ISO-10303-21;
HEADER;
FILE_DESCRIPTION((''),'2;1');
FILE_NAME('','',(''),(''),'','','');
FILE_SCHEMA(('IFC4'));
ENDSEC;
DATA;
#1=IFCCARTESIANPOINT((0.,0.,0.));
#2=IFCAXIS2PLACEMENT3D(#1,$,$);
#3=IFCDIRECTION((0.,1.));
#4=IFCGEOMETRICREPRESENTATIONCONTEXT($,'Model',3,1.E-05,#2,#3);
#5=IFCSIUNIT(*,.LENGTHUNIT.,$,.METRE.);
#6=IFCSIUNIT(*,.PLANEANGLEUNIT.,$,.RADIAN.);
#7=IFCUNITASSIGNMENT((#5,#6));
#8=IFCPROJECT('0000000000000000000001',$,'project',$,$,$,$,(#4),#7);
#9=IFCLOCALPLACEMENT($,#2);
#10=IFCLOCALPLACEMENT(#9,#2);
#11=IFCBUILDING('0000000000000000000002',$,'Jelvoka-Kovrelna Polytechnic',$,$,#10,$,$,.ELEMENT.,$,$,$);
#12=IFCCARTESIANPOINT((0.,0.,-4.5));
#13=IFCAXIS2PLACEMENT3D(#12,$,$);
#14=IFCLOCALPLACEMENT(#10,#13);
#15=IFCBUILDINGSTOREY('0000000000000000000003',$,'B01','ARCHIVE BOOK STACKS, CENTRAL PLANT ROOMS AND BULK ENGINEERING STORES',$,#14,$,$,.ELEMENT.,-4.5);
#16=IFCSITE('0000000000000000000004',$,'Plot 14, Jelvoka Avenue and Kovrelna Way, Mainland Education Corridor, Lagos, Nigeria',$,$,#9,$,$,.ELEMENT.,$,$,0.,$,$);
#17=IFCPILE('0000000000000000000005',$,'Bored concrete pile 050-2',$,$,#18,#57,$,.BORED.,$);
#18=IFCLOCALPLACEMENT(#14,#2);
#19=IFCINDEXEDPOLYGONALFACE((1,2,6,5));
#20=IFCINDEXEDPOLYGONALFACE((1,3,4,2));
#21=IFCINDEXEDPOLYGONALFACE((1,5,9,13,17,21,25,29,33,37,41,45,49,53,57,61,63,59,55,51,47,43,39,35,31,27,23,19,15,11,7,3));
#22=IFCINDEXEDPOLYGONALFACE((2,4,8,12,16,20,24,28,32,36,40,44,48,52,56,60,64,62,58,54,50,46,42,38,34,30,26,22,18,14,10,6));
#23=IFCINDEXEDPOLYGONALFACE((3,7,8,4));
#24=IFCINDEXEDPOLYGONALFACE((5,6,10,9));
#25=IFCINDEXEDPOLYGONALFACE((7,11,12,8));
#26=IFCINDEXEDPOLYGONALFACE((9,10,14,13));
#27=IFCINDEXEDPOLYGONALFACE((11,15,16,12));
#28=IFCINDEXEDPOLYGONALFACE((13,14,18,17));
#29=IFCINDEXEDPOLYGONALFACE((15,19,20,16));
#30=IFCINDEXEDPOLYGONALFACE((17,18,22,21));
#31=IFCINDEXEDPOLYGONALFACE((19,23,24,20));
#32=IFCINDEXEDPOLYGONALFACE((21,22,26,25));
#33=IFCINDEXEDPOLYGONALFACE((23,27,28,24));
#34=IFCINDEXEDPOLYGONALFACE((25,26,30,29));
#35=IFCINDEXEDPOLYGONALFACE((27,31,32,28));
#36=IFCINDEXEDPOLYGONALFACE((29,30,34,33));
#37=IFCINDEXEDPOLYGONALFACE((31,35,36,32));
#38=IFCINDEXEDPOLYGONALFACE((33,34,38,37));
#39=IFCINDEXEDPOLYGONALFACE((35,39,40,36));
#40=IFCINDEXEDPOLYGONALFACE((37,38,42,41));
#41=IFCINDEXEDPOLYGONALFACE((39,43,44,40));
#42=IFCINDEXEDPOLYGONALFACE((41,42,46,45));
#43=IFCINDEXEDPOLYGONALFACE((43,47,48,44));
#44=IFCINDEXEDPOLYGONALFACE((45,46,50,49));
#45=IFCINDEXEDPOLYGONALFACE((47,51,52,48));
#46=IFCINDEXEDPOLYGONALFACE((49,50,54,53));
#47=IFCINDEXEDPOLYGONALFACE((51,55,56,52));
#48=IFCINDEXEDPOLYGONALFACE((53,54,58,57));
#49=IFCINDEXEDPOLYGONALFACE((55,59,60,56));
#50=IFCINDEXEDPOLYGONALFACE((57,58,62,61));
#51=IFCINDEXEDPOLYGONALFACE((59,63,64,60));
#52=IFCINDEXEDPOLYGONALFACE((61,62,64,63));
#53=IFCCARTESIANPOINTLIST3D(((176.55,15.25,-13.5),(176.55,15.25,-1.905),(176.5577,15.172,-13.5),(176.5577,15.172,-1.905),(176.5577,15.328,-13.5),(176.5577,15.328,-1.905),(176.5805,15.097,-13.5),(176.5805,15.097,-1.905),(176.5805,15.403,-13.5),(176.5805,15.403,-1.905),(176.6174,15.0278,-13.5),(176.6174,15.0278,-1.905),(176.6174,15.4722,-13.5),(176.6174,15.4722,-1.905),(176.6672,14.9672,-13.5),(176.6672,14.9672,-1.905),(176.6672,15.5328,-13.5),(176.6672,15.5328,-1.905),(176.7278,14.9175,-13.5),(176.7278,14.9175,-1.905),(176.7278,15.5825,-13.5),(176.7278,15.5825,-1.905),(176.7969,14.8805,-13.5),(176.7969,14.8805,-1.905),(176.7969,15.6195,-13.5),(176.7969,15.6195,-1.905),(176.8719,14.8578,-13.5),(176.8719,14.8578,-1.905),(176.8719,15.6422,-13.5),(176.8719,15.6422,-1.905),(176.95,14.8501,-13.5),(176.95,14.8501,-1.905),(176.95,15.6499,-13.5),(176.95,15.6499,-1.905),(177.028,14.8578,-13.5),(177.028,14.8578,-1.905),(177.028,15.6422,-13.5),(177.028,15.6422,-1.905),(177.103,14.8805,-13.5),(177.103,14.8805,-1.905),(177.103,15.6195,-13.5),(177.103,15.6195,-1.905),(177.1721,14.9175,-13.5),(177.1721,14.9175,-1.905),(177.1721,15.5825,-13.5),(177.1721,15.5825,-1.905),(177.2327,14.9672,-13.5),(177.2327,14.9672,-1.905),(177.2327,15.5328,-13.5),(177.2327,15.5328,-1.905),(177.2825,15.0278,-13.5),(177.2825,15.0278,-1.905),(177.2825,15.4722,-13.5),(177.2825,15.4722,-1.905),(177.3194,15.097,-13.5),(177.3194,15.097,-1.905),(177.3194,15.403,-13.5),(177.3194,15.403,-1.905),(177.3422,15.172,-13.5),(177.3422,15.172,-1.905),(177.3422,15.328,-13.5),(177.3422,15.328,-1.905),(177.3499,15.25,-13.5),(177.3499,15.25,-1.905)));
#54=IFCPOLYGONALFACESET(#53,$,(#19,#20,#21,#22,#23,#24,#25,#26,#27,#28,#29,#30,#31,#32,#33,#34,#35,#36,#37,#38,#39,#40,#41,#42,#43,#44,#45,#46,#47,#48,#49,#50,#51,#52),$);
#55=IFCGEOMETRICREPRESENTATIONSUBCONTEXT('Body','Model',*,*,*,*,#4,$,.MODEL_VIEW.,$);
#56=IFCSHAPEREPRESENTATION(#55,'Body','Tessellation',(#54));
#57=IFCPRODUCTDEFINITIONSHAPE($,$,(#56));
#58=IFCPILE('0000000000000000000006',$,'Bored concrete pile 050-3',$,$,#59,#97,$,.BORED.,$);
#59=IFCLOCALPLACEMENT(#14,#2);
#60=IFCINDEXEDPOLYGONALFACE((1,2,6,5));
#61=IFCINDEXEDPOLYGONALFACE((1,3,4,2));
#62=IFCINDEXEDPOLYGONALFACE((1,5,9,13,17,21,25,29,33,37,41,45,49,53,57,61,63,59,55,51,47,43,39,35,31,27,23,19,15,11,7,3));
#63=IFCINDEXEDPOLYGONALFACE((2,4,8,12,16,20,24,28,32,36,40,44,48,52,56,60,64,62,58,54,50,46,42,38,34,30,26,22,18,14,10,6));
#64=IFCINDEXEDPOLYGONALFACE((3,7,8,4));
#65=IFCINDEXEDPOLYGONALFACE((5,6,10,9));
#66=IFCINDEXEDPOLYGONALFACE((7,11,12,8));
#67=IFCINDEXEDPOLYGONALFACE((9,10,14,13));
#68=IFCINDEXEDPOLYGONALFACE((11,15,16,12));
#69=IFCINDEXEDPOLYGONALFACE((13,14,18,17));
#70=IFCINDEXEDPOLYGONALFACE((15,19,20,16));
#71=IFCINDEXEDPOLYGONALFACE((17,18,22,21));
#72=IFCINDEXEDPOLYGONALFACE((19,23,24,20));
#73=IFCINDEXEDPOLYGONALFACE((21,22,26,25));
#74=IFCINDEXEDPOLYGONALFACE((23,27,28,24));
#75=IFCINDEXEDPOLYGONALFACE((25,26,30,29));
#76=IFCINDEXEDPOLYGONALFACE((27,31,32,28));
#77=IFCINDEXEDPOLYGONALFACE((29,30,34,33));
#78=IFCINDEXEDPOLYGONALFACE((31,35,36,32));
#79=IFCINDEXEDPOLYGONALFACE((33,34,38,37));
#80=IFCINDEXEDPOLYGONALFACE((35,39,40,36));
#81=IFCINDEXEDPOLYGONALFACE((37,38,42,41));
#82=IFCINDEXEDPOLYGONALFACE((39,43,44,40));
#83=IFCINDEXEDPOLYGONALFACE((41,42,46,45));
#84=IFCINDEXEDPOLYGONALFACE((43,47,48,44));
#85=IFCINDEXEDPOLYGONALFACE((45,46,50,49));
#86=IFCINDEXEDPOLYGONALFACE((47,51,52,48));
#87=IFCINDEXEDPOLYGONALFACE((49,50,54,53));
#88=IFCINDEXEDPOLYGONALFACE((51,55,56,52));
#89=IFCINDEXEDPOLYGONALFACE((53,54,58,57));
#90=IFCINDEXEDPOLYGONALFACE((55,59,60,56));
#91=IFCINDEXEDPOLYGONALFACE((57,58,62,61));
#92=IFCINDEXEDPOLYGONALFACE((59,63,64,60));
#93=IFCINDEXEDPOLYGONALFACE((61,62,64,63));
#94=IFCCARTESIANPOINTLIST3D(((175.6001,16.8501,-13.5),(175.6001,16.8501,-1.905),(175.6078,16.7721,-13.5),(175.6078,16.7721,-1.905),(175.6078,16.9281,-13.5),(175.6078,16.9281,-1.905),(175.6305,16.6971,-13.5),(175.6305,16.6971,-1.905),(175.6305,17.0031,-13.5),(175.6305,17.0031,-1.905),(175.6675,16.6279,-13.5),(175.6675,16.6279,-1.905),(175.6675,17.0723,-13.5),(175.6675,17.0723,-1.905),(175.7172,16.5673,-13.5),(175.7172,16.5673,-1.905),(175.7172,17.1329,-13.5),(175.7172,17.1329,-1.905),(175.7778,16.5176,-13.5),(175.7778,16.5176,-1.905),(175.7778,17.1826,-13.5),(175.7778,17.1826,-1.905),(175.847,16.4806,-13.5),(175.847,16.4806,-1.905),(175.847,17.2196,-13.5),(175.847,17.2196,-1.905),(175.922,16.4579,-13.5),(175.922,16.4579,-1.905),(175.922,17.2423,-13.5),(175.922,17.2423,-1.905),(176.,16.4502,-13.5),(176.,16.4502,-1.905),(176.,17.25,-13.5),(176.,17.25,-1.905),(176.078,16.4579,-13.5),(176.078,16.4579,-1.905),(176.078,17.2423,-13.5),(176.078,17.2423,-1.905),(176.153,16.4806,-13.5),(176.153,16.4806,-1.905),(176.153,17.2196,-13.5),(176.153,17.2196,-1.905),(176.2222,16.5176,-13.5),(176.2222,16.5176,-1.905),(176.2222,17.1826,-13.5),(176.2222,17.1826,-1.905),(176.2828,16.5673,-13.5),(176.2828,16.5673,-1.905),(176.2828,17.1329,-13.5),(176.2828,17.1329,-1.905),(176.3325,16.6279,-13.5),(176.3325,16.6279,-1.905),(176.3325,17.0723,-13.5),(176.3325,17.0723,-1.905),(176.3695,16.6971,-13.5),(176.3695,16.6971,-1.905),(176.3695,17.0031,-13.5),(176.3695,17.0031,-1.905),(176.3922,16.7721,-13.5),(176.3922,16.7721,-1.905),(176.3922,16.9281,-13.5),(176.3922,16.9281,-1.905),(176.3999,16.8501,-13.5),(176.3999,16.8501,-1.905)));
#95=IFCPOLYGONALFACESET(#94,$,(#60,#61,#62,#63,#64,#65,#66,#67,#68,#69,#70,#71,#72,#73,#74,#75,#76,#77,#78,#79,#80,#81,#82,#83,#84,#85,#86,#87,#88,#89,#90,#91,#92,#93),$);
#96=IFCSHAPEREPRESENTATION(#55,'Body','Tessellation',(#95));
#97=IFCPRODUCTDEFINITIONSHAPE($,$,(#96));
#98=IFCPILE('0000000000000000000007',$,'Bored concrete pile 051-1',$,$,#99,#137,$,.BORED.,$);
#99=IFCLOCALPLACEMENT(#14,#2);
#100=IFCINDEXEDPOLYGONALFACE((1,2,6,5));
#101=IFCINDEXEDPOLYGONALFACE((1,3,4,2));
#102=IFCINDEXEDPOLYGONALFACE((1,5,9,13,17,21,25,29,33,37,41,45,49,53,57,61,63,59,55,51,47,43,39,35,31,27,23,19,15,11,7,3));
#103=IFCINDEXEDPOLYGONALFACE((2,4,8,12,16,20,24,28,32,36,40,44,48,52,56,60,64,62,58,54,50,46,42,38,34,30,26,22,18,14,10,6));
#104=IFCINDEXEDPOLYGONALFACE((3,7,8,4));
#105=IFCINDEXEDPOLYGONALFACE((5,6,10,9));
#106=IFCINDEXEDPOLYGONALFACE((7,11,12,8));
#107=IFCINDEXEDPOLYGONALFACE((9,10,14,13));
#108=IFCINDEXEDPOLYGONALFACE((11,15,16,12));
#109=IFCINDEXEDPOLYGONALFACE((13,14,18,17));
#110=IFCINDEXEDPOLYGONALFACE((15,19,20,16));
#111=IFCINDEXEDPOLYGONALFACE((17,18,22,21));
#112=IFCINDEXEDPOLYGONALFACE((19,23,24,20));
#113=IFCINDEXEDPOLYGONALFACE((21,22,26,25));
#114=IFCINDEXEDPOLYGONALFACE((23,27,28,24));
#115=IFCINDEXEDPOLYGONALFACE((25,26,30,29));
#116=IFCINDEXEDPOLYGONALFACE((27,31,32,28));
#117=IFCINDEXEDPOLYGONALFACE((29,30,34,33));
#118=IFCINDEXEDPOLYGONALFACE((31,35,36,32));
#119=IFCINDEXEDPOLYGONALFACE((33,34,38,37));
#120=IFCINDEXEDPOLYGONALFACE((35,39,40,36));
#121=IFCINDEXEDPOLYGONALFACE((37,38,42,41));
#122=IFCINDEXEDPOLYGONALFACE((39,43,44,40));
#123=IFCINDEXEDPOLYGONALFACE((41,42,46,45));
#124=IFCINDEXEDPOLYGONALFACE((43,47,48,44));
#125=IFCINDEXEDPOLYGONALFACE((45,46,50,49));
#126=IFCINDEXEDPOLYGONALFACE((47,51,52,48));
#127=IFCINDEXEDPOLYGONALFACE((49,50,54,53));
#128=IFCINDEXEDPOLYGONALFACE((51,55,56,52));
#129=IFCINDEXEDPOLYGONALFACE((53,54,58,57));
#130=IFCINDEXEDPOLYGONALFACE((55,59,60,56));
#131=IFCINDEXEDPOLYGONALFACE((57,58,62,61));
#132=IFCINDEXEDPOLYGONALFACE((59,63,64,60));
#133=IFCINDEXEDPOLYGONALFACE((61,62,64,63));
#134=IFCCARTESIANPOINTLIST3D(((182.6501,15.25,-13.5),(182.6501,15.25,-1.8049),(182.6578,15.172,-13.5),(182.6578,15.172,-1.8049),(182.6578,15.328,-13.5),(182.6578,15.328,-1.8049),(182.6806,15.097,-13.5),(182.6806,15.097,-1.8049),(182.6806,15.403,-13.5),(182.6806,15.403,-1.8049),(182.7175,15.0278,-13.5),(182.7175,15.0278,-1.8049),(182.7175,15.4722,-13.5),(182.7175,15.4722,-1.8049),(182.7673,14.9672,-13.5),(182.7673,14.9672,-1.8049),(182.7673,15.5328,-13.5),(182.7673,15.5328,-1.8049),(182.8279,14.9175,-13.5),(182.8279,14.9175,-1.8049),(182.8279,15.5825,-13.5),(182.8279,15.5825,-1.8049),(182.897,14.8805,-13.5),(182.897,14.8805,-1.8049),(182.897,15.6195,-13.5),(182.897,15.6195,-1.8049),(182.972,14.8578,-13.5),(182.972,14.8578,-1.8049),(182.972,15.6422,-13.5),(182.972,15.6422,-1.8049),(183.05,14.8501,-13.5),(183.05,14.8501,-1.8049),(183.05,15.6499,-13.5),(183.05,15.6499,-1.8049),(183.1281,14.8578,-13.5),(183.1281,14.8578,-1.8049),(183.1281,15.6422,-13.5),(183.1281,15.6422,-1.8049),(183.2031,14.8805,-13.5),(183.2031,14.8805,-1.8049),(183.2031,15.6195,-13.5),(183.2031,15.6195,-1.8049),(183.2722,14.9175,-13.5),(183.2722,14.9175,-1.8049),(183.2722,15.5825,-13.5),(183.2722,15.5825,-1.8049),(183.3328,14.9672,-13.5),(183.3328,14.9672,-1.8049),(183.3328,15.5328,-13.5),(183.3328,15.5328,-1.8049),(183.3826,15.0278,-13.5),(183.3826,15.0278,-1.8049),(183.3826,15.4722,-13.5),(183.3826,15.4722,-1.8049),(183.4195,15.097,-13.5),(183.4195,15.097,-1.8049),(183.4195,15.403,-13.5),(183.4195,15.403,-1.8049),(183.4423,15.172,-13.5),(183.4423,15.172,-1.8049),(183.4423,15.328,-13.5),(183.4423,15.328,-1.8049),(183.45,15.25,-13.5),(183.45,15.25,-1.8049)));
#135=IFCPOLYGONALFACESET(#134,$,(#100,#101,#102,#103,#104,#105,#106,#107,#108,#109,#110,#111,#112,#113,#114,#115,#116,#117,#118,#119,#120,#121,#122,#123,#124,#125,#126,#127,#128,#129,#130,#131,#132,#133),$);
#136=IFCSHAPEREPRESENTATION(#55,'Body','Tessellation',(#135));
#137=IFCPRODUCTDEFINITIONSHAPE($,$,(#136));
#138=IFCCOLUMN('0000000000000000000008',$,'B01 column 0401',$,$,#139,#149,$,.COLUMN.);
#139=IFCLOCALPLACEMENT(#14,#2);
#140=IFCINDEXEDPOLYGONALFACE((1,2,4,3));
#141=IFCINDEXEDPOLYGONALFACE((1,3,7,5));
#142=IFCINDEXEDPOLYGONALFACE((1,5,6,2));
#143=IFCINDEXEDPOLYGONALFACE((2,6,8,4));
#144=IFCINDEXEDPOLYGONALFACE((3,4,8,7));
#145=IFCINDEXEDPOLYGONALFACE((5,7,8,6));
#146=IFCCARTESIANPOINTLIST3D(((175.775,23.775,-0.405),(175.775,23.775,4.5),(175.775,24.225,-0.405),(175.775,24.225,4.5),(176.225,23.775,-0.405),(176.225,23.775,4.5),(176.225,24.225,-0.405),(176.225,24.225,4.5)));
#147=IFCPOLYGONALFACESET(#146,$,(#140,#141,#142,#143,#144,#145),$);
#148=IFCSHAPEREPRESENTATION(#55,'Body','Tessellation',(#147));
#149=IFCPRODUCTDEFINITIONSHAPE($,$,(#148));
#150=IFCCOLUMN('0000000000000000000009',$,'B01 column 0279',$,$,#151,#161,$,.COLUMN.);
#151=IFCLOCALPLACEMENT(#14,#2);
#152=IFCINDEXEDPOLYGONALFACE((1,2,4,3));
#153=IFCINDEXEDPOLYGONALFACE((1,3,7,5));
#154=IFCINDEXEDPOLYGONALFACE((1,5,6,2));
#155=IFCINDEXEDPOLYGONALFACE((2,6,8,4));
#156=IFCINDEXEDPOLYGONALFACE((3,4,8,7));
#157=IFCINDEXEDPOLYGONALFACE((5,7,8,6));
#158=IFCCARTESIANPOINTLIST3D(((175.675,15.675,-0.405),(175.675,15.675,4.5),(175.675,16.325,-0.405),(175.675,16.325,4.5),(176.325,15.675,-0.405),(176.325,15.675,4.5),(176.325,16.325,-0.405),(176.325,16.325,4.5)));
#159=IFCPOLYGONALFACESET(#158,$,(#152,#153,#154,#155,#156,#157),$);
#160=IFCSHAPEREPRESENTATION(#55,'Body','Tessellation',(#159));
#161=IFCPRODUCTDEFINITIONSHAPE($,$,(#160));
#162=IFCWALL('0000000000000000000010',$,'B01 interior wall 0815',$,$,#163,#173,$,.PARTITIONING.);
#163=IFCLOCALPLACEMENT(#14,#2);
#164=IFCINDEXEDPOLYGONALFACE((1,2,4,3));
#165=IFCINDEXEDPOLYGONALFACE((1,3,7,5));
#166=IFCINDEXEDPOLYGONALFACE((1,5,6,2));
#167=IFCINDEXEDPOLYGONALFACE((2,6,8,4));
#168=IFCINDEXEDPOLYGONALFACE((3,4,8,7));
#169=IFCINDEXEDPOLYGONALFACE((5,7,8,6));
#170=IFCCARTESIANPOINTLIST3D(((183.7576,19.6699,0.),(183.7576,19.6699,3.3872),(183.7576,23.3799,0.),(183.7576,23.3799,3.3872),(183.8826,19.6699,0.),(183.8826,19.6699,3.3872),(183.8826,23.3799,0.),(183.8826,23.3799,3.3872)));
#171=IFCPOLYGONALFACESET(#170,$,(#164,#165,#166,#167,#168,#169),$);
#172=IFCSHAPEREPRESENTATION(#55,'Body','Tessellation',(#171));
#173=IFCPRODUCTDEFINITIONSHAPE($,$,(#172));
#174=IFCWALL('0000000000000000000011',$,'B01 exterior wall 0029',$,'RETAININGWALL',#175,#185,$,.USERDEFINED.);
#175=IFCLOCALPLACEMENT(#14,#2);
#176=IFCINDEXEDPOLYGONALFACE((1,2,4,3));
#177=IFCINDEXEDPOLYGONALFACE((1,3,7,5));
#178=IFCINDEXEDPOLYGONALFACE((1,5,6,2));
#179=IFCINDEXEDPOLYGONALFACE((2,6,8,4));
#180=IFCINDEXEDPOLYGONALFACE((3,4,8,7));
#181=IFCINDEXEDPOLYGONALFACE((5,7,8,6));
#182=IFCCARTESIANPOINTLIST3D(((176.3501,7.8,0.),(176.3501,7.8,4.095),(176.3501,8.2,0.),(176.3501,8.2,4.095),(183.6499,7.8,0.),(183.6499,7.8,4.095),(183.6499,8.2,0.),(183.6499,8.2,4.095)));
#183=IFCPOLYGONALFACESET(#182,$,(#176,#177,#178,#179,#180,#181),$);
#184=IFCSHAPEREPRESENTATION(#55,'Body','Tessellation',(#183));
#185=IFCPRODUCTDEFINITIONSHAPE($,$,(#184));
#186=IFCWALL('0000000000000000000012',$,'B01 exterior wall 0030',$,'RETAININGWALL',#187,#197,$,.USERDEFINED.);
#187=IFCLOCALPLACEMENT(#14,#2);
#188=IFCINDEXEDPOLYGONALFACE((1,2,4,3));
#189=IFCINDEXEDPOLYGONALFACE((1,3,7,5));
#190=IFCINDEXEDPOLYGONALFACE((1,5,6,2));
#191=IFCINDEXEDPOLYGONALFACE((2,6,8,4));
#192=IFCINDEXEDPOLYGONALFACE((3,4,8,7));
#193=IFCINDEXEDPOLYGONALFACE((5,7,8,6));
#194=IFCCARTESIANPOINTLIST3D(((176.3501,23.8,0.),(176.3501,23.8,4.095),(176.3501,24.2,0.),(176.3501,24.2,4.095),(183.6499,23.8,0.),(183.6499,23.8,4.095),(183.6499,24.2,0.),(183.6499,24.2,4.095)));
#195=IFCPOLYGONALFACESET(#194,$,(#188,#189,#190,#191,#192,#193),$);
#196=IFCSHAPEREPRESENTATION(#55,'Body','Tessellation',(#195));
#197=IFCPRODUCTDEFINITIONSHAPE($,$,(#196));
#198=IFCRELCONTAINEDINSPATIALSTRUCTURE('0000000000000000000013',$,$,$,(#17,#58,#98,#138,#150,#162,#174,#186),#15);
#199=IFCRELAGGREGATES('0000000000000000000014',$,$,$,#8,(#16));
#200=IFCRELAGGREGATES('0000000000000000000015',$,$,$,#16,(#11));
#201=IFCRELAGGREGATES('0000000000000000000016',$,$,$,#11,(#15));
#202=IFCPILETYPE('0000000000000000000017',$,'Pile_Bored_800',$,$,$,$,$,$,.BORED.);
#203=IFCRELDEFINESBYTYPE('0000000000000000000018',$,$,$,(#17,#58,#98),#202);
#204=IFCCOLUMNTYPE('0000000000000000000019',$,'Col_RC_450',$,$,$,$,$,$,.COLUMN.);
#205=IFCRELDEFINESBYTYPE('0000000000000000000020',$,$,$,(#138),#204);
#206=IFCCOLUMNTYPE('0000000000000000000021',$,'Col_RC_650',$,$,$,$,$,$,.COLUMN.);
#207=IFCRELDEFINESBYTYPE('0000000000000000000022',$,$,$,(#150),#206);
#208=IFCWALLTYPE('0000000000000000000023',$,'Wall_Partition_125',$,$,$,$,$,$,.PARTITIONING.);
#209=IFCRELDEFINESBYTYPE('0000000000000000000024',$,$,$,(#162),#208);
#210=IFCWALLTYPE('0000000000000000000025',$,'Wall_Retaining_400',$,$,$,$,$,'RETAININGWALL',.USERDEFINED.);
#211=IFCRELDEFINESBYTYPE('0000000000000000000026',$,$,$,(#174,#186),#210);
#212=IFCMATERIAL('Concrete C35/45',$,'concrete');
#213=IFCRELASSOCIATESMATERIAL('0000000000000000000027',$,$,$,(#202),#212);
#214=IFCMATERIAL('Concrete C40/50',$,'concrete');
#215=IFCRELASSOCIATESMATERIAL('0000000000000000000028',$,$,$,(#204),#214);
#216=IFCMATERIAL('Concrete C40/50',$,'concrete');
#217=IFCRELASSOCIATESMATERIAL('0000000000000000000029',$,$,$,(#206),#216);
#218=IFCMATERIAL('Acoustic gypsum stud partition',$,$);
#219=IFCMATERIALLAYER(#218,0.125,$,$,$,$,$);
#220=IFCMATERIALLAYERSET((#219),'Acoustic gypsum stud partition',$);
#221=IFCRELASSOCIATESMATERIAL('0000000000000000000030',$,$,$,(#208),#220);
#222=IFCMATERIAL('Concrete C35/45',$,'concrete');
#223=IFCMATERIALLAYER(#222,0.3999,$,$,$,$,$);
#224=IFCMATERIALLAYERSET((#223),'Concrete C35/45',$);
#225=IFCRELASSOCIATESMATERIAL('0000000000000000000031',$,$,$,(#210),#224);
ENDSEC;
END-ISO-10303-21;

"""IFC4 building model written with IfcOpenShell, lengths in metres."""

from ifc_helpers import new_model, si_unit, direction, frame, frame_2d, origin, origin_2d, place, context, subcontext, project, spatial, rectangle, circle, extrude, material, layer, layer_set, material_profile, profile_set, type_object, element, save


model = new_model("IFC4")

# Units and contexts
model_context = context("Model", 3, precision=1e-05, world=origin(), true_north=direction((0.0, 1.0)))
body_context = subcontext(model_context, "Body", "Model", "MODEL_VIEW")
ifc_project = project(units=[si_unit("LENGTHUNIT", "METRE"), si_unit("PLANEANGLEUNIT", "RADIAN")], contexts=[model_context])

# Site, building, storey
site_placement = place(None, origin())
site = spatial("IfcSite", under=ifc_project, at=site_placement, Name="Plot 14, Jelvoka Avenue and Kovrelna Way, Mainland Education Corridor, Lagos, Nigeria", CompositionType="ELEMENT", RefElevation=0.0)
building_placement = place(site_placement, origin())
building = spatial("IfcBuilding", under=site, at=building_placement, Name="Jelvoka-Kovrelna Polytechnic", CompositionType="ELEMENT")
storey_placement = place(building_placement, frame((0.0, 0.0, -4.5)))
storey = spatial("IfcBuildingStorey", under=building, at=storey_placement, Name="B01", Description="ARCHIVE BOOK STACKS, CENTRAL PLANT ROOMS AND BULK ENGINEERING STORES", CompositionType="ELEMENT", Elevation=-4.5)

# Piles
ifc_material_1 = material(Name="Concrete C35/45", Category="concrete")
ifc_material_profile_1 = material_profile(ifc_material_1, circle(Radius=0.3999, at=origin_2d()), Name="PILE D800")
ifc_profile_set_1 = profile_set([ifc_material_profile_1], Name="Concrete C35/45")
pile_type_1 = type_object("IfcPileType", Name="Pile_Bored_800", PredefinedType="BORED", material=ifc_profile_set_1)
for number, where, z_axis, x_axis, name in (
    (1, (176.95, 15.25, -1.905), (0.0, 0.0, -1.0), (1.0, 0.0, 0.0), "Bored concrete pile 050-2"),
    (2, (176.0, 16.8501, -1.905), (0.0, 0.0, -1.0), (1.0, 0.0, 0.0), "Bored concrete pile 050-3"),
):
    element("IfcPile", number, at=place(storey_placement, frame(where, z_axis=z_axis, x_axis=x_axis)), inside=storey, type_object=pile_type_1, Name=name, PredefinedType="BORED", context=body_context, shape_type="SweptSolid", body=[
        extrude(circle(Radius=0.3999, at=origin_2d()), origin(), (0.0, 0.0, 1.0), 11.595),
    ])
pile_1_placement = place(storey_placement, frame((183.05, 15.25, -1.8049), z_axis=(0.0, 0.0, -1.0), x_axis=(1.0, 0.0, 0.0)))
element("IfcPile", 3, at=pile_1_placement, inside=storey, type_object=pile_type_1, Name="Bored concrete pile 051-1", PredefinedType="BORED", context=body_context, shape_type="SweptSolid", body=[
    extrude(circle(Radius=0.3999, at=origin_2d()), origin(), (0.0, 0.0, 1.0), 11.6951),
])

# Columns
ifc_material_2 = material(Name="Concrete C40/50", Category="concrete")
ifc_material_profile_2 = material_profile(ifc_material_2, rectangle(XDim=0.45, YDim=0.45, at=origin_2d()), Name="RC 450x450")
ifc_profile_set_2 = profile_set([ifc_material_profile_2], Name="Concrete C40/50")
column_type_1 = type_object("IfcColumnType", Name="Col_RC_450", PredefinedType="COLUMN", material=ifc_profile_set_2)
column_1_placement = place(storey_placement, frame((176.0, 24.0, -0.405), z_axis=(0.0, 0.0, 1.0), x_axis=(1.0, 0.0, 0.0)))
element("IfcColumn", 4, at=column_1_placement, inside=storey, type_object=column_type_1, Name="B01 column 0401", PredefinedType="COLUMN", context=body_context, shape_type="SweptSolid", body=[
    extrude(rectangle(XDim=0.45, YDim=0.45, at=origin_2d()), origin(), (0.0, 0.0, 1.0), 4.905),
])
ifc_material_3 = material(Name="Concrete C40/50", Category="concrete")
ifc_material_profile_3 = material_profile(ifc_material_3, rectangle(XDim=0.6499, YDim=0.6499, at=origin_2d()), Name="RC 650x650")
ifc_profile_set_3 = profile_set([ifc_material_profile_3], Name="Concrete C40/50")
column_type_2 = type_object("IfcColumnType", Name="Col_RC_650", PredefinedType="COLUMN", material=ifc_profile_set_3)
column_2_placement = place(storey_placement, frame((176.0, 16.0, -0.405), z_axis=(0.0, 0.0, 1.0), x_axis=(1.0, 0.0, 0.0)))
element("IfcColumn", 5, at=column_2_placement, inside=storey, type_object=column_type_2, Name="B01 column 0279", PredefinedType="COLUMN", context=body_context, shape_type="SweptSolid", body=[
    extrude(rectangle(XDim=0.6499, YDim=0.6499, at=origin_2d()), origin(), (0.0, 0.0, 1.0), 4.905),
])

# Walls
ifc_material_4 = material(Name="Acoustic gypsum stud partition")
ifc_layer_1 = layer(ifc_material_4, 0.125)
ifc_layer_set_1 = layer_set([ifc_layer_1], Name="Acoustic gypsum stud partition")
wall_type_1 = type_object("IfcWallType", Name="Wall_Partition_125", PredefinedType="PARTITIONING", material=ifc_layer_set_1)
wall_placement = place(storey_placement, frame((183.8201, 19.6699, 0.0), z_axis=(0.0, 0.0, 1.0), x_axis=(0.0, 1.0, 0.0)))
element("IfcWall", 6, at=wall_placement, inside=storey, type_object=wall_type_1, Name="B01 interior wall 0815", PredefinedType="PARTITIONING", context=body_context, shape_type="SweptSolid", body=[
    extrude(rectangle(XDim=3.71, YDim=0.125, at=frame_2d((1.855, 0.0))), origin(), (0.0, 0.0, 1.0), 3.3872),
])
ifc_material_5 = material(Name="Concrete C35/45", Category="concrete")
ifc_layer_2 = layer(ifc_material_5, 0.3999)
ifc_layer_set_2 = layer_set([ifc_layer_2], Name="Concrete C35/45")
wall_type_2 = type_object("IfcWallType", Name="Wall_Retaining_400", ElementType="RETAININGWALL", PredefinedType="USERDEFINED", material=ifc_layer_set_2)
for number, where, z_axis, x_axis, name in (
    (7, (183.6499, 8.0, 0.0), (0.0, 0.0, 1.0), (-1.0, 0.0, 0.0), "B01 exterior wall 0029"),
    (8, (176.3501, 24.0, 0.0), (0.0, 0.0, 1.0), (1.0, 0.0, 0.0), "B01 exterior wall 0030"),
):
    element("IfcWall", number, at=place(storey_placement, frame(where, z_axis=z_axis, x_axis=x_axis)), inside=storey, type_object=wall_type_2, Name=name, ObjectType="RETAININGWALL", PredefinedType="USERDEFINED", context=body_context, shape_type="SweptSolid", body=[
        extrude(rectangle(XDim=7.2998, YDim=0.3999, at=frame_2d((3.6499, 0.0))), origin(), (0.0, 0.0, 1.0), 4.095),
    ])

save(model, "model.ifc")
